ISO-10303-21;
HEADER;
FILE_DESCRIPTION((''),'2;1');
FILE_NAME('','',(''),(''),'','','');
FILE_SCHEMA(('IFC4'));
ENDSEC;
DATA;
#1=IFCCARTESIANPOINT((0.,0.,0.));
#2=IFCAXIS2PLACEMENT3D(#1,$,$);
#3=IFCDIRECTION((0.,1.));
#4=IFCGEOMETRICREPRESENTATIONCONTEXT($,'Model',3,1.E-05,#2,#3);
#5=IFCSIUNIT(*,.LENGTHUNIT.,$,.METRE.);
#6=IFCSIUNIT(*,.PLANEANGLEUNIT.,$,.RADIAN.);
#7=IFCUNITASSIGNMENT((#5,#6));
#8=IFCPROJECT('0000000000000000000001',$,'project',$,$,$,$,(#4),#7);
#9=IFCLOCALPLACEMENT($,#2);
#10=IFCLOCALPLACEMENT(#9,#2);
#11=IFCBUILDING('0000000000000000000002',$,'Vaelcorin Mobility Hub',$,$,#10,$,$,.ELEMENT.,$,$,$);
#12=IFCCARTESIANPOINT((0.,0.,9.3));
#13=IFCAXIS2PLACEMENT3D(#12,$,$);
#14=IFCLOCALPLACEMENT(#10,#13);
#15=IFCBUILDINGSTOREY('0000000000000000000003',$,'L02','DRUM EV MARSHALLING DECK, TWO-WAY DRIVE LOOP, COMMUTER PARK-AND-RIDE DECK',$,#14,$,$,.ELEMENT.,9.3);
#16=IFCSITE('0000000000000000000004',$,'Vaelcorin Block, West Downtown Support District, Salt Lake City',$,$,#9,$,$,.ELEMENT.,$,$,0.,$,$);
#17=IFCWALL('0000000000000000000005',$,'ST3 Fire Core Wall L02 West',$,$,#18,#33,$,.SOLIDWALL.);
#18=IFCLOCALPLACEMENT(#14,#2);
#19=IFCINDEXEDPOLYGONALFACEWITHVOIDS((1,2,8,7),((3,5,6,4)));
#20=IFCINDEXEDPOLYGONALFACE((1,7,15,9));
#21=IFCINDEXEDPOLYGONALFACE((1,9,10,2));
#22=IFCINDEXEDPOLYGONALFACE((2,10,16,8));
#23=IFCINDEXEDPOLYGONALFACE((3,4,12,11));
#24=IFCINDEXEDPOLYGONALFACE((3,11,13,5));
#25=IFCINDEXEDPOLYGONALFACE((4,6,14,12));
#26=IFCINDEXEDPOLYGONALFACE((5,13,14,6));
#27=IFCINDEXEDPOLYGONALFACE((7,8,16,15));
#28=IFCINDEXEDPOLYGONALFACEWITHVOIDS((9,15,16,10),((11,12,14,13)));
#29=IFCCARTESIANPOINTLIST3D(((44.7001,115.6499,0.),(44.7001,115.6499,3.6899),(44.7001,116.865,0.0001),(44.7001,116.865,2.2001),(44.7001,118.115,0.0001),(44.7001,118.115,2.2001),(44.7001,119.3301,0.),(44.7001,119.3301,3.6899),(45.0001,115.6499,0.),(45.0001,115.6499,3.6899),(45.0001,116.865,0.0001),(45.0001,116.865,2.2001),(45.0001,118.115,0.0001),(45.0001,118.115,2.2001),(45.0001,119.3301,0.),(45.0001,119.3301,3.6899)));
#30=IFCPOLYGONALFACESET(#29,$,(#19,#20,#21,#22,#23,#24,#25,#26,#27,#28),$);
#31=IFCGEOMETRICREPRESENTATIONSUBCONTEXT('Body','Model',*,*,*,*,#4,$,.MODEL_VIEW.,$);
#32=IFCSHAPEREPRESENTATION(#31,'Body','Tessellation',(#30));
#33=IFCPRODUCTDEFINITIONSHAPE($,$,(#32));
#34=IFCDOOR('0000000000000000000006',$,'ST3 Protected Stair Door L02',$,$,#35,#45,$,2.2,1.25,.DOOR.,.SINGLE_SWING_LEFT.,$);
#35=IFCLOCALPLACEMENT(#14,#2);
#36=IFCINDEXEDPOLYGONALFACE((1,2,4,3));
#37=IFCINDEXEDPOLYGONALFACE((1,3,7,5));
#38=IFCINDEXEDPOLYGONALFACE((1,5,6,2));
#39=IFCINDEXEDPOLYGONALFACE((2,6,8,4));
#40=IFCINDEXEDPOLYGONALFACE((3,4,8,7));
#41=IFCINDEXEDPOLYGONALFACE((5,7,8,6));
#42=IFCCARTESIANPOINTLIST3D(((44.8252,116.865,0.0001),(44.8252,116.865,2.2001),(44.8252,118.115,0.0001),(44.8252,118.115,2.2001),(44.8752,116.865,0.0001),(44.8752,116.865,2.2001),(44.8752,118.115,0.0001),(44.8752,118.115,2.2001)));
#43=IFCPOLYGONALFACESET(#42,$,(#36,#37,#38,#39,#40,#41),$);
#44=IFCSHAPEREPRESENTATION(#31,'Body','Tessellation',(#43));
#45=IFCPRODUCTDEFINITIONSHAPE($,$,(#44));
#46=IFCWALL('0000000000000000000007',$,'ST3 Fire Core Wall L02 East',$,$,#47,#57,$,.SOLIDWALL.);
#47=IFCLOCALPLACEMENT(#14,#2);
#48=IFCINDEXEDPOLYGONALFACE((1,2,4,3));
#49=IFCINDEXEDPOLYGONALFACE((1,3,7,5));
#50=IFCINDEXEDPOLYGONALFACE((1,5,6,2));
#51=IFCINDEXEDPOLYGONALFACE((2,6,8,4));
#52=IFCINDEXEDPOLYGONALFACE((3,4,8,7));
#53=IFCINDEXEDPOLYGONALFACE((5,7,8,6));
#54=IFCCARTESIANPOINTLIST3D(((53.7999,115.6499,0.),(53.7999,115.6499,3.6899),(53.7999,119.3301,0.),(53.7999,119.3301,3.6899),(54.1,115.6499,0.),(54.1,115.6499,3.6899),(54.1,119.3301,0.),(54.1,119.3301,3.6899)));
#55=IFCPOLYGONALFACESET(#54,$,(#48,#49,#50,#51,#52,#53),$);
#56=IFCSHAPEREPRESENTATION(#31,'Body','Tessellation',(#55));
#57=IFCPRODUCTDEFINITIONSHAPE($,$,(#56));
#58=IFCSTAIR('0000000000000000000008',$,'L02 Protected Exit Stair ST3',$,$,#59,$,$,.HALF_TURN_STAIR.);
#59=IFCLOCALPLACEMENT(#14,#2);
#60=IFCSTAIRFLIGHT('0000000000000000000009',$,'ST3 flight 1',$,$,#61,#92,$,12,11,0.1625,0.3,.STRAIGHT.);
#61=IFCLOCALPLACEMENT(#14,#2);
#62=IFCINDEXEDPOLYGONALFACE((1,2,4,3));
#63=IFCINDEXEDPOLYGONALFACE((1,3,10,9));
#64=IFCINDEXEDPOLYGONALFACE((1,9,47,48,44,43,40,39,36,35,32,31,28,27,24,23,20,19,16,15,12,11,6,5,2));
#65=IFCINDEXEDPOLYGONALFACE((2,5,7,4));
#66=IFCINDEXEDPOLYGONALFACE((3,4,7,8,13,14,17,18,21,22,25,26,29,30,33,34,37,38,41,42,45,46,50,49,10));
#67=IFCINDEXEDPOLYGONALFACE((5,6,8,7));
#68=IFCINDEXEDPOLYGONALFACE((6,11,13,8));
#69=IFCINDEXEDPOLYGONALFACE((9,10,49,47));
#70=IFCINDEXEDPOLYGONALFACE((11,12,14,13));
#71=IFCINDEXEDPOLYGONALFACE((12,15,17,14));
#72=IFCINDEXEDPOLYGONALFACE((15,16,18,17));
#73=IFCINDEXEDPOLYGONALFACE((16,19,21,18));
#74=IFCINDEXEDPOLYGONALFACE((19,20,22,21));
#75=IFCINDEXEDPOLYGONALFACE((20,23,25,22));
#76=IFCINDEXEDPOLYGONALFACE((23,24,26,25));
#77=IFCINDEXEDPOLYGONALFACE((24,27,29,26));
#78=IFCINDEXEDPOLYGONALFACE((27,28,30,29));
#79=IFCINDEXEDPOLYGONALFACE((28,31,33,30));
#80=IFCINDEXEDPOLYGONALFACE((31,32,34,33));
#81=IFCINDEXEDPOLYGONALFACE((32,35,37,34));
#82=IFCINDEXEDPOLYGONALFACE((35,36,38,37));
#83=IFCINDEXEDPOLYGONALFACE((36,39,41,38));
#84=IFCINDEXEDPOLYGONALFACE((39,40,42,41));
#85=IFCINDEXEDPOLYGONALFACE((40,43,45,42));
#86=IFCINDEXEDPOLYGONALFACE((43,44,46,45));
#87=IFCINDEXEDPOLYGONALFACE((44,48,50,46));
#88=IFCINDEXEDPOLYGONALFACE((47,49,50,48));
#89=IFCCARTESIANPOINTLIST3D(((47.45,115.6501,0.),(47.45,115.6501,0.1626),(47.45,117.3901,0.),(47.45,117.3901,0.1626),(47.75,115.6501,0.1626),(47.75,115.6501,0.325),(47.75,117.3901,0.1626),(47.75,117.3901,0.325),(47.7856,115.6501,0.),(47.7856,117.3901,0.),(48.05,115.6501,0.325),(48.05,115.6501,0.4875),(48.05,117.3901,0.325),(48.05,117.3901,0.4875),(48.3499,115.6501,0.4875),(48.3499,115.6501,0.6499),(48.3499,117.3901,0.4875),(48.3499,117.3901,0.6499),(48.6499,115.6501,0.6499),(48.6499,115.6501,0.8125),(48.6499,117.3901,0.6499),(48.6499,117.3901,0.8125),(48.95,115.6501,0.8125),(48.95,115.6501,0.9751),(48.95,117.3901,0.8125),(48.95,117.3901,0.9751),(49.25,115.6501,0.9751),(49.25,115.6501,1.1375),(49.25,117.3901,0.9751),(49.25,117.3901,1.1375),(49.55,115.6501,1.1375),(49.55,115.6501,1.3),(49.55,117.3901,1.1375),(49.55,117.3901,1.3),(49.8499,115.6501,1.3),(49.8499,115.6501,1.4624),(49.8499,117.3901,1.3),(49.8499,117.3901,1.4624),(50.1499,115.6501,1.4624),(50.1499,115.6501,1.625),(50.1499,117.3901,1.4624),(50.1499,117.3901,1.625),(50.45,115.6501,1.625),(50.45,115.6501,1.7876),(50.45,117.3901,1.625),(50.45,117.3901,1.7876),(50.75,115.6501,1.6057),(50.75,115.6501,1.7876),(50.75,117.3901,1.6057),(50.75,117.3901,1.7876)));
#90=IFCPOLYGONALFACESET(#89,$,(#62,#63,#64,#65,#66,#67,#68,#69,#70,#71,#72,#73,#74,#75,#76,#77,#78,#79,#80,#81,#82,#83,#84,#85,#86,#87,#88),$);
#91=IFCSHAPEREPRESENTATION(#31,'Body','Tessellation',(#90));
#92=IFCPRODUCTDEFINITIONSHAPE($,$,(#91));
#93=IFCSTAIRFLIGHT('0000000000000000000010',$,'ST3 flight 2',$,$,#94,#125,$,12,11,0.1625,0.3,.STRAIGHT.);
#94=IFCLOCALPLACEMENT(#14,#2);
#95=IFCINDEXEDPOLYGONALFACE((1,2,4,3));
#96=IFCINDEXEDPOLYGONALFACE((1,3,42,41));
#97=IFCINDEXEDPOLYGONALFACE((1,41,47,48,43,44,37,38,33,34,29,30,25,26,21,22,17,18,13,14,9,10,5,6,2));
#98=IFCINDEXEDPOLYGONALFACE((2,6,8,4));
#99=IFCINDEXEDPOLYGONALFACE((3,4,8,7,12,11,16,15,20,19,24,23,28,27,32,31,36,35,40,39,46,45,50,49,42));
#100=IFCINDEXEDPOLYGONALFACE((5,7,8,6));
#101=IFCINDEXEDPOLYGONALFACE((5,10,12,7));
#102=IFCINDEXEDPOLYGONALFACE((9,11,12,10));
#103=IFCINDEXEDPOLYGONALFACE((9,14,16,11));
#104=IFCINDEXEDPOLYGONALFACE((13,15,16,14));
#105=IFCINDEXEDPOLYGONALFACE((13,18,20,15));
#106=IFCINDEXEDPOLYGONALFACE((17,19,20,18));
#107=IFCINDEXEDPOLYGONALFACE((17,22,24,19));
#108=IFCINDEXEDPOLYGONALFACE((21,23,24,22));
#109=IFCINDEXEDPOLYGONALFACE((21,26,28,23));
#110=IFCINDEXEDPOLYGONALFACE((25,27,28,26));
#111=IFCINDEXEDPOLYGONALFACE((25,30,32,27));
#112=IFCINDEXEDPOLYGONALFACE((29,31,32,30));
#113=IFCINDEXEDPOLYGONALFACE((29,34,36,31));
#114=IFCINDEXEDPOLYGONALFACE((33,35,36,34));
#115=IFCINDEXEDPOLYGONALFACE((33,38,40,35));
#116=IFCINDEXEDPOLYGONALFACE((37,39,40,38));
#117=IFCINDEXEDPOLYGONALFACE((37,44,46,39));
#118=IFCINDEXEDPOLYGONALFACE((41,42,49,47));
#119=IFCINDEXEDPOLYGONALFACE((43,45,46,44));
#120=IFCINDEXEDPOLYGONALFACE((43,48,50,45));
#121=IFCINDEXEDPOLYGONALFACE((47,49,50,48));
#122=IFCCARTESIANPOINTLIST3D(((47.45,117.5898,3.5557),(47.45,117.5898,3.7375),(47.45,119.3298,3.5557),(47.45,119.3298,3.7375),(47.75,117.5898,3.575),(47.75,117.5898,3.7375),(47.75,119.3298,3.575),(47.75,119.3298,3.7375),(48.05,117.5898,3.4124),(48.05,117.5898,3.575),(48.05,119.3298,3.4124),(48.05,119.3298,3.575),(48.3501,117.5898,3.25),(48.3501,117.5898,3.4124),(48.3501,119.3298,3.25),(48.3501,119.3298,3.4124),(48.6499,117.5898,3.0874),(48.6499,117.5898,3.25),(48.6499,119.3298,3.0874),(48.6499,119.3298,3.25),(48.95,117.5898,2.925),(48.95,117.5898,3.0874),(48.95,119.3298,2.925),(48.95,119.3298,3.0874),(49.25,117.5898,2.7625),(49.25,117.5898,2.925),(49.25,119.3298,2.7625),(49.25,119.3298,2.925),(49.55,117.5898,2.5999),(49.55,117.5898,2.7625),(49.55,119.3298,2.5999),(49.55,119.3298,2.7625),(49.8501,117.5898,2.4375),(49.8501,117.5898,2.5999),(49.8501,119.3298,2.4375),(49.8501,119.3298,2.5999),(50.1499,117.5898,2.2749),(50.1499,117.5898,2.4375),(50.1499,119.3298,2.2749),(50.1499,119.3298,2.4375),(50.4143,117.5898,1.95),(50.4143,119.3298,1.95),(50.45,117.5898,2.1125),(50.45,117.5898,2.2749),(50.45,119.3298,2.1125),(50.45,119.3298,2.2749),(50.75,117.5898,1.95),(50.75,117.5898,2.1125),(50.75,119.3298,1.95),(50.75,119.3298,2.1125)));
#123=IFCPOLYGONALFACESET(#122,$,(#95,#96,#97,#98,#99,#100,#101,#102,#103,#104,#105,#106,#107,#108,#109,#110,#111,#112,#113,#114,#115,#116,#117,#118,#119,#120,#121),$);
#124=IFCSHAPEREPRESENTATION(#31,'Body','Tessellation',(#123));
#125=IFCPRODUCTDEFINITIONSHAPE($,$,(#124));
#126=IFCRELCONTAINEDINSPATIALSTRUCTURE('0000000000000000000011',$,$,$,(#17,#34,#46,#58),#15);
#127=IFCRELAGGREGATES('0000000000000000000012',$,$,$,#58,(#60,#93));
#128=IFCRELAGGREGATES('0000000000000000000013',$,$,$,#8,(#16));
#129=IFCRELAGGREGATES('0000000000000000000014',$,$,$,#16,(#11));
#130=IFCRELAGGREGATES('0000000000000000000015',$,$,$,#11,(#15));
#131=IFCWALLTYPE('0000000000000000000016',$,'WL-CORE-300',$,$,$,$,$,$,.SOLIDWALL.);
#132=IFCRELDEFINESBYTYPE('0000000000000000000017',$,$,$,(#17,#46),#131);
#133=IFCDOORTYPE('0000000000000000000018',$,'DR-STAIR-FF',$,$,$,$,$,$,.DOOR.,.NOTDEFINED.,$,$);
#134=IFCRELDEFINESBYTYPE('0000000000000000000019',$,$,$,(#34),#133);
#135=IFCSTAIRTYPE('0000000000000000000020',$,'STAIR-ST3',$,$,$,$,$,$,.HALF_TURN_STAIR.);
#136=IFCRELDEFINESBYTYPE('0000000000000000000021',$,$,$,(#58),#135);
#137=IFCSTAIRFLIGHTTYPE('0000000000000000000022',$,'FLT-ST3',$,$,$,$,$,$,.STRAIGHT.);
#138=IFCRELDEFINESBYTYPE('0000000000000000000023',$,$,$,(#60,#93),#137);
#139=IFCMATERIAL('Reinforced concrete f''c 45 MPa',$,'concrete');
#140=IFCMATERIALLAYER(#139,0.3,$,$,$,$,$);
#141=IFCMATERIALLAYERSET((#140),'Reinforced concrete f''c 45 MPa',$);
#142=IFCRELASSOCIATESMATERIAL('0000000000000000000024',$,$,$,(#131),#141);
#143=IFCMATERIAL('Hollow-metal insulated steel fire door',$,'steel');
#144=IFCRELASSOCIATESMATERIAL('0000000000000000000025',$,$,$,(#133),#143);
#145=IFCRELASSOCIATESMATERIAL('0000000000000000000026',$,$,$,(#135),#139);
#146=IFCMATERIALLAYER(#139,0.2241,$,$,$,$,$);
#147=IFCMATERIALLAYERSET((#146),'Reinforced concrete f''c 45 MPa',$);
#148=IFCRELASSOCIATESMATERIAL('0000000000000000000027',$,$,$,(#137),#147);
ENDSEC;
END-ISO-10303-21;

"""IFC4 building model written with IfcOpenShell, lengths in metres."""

from ifc_helpers import new_model, si_unit, direction, frame, frame_2d, origin, place, context, subcontext, project, spatial, polyline, rectangle, outline, extrude, material, layer, layer_set, type_object, element, fill, aggregate, save


model = new_model("IFC4")

# Units and contexts
model_context = context("Model", 3, precision=1e-05, world=origin(), true_north=direction((0.0, 1.0)))
body_context = subcontext(model_context, "Body", "Model", "MODEL_VIEW")
ifc_project = project(units=[si_unit("LENGTHUNIT", "METRE"), si_unit("PLANEANGLEUNIT", "RADIAN")], contexts=[model_context])

# Site, building, storey
site_placement = place(None, origin())
site = spatial("IfcSite", under=ifc_project, at=site_placement, Name="Vaelcorin Block, West Downtown Support District, Salt Lake City", CompositionType="ELEMENT", RefElevation=0.0)
building_placement = place(site_placement, origin())
building = spatial("IfcBuilding", under=site, at=building_placement, Name="Vaelcorin Mobility Hub", CompositionType="ELEMENT")
storey_placement = place(building_placement, frame((0.0, 0.0, 9.3)))
storey = spatial("IfcBuildingStorey", under=building, at=storey_placement, Name="L02", Description="DRUM EV MARSHALLING DECK, TWO-WAY DRIVE LOOP, COMMUTER PARK-AND-RIDE DECK", CompositionType="ELEMENT", Elevation=9.3)

# Shared definitions
ifc_material_1 = material(Name="Reinforced concrete f'c 45 MPa", Category="concrete")
ifc_layer_1 = layer(ifc_material_1, 0.3)
ifc_layer_set_1 = layer_set([ifc_layer_1], Name="Reinforced concrete f'c 45 MPa")
wall_type = type_object("IfcWallType", Name="WL-CORE-300", PredefinedType="SOLIDWALL", material=ifc_layer_set_1)

# Wall, opening, door
wall_1_placement = place(storey_placement, frame((44.8501, 115.6499, 0.0), z_axis=(0.0, 0.0, 1.0), x_axis=(0.0, 1.0, 0.0)))
wall_1 = element("IfcWall", 1, at=wall_1_placement, inside=storey, type_object=wall_type, Name="ST3 Fire Core Wall L02 West", PredefinedType="SOLIDWALL", context=body_context, shape_type="SweptSolid", body=[
    extrude(rectangle(XDim=3.6802, YDim=0.3, at=frame_2d((1.8401, 0.0))), origin(), (0.0, 0.0, 1.0), 3.6899),
])
opening_placement = place(wall_1_placement, frame((1.2151, 0.0, 0.0)))
opening = element("IfcOpeningElement", 2, at=opening_placement, cuts=wall_1, PredefinedType="OPENING", context=body_context, shape_type="SweptSolid", body=[
    extrude(rectangle(XDim=1.25, YDim=2.2, at=frame_2d((0.625, 1.1001))), frame((0.0, 0.1599, 0.0), z_axis=(0.0, -1.0, 0.0), x_axis=(1.0, 0.0, 0.0)), (0.0, 0.0, 1.0), 0.3201),
])
ifc_material_2 = material(Name="Hollow-metal insulated steel fire door", Category="steel")
door_type = type_object("IfcDoorType", Name="DR-STAIR-FF", OperationType="NOTDEFINED", PredefinedType="DOOR", material=ifc_material_2)
door_placement = place(opening_placement, origin())
door = element("IfcDoor", 3, at=door_placement, inside=storey, type_object=door_type, Name="ST3 Protected Stair Door L02", OperationType="SINGLE_SWING_LEFT", OverallHeight=2.2, OverallWidth=1.25, PredefinedType="DOOR", context=body_context, shape_type="SweptSolid", body=[
    extrude(rectangle(XDim=1.25, YDim=2.2, at=frame_2d((0.625, 1.1001))), frame((0.0, 0.0249, 0.0), z_axis=(0.0, -1.0, 0.0), x_axis=(1.0, 0.0, 0.0)), (0.0, 0.0, 1.0), 0.05),
])
fill(opening, door)

# Wall
wall_2_placement = place(storey_placement, frame((53.95, 119.3301, 0.0), z_axis=(0.0, 0.0, 1.0), x_axis=(0.0, -1.0, 0.0)))
element("IfcWall", 4, at=wall_2_placement, inside=storey, type_object=wall_type, Name="ST3 Fire Core Wall L02 East", PredefinedType="SOLIDWALL", context=body_context, shape_type="SweptSolid", body=[
    extrude(rectangle(XDim=3.6802, YDim=0.3, at=frame_2d((1.8401, 0.0))), origin(), (0.0, 0.0, 1.0), 3.6899),
])

# Stair, stair flights
stair_type = type_object("IfcStairType", Name="STAIR-ST3", PredefinedType="HALF_TURN_STAIR", material=ifc_material_1)
stair_placement = place(storey_placement, origin())
stair = element("IfcStair", 5, at=stair_placement, inside=storey, type_object=stair_type, Name="L02 Protected Exit Stair ST3", PredefinedType="HALF_TURN_STAIR")
ifc_layer_2 = layer(ifc_material_1, 0.2241)
ifc_layer_set_2 = layer_set([ifc_layer_2], Name="Reinforced concrete f'c 45 MPa")
stair_flight_type = type_object("IfcStairFlightType", Name="FLT-ST3", PredefinedType="STRAIGHT", material=ifc_layer_set_2)
stair_flight_1_placement = place(storey_placement, frame((47.45, 116.52, 0.0), z_axis=(0.0, 0.0, 1.0), x_axis=(1.0, 0.0, 0.0)))
stair_flight_1 = element("IfcStairFlight", 6, at=stair_flight_1_placement, type_object=stair_flight_type, Name="ST3 flight 1", NumberOfRisers=12, NumberOfTreads=11, PredefinedType="STRAIGHT", RiserHeight=0.1625, TreadLength=0.3, context=body_context, shape_type="SweptSolid", body=[
    extrude(outline(polyline([(0.0, 0.0), (0.0, 0.1626), (0.3, 0.1626), (0.3, 0.325), (0.6001, 0.325), (0.6001, 0.4875), (0.8999, 0.4875), (0.8999, 0.6499), (1.2, 0.6499), (1.2, 0.8125), (1.5, 0.8125), (1.5, 0.9751), (1.8, 0.9751), (1.8, 1.1375), (2.1001, 1.1375), (2.1001, 1.3), (2.3999, 1.3), (2.3999, 1.4624), (2.7, 1.4624), (2.7, 1.625), (3.0, 1.625), (3.0, 1.7876), (3.3, 1.7876), (3.3, 1.95), (3.3, 1.6057), (0.3357, 0.0), (0.0, 0.0)])), frame((0.0, 0.8701, 0.0), z_axis=(0.0, -1.0, 0.0), x_axis=(1.0, 0.0, 0.0)), (0.0, 0.0, 1.0), 1.74),
])
stair_flight_2_placement = place(storey_placement, frame((50.75, 118.46, 1.95), z_axis=(0.0, 0.0, 1.0), x_axis=(-1.0, 0.0, 0.0)))
stair_flight_2 = element("IfcStairFlight", 7, at=stair_flight_2_placement, type_object=stair_flight_type, Name="ST3 flight 2", NumberOfRisers=12, NumberOfTreads=11, PredefinedType="STRAIGHT", RiserHeight=0.1625, TreadLength=0.3, context=body_context, shape_type="SweptSolid", body=[
    extrude(outline(polyline([(0.0, 0.0), (0.0, 0.1626), (0.3, 0.1626), (0.3, 0.325), (0.6001, 0.325), (0.6001, 0.4875), (0.8999, 0.4875), (0.8999, 0.6499), (1.2, 0.6499), (1.2, 0.8125), (1.5, 0.8125), (1.5, 0.9751), (1.8, 0.9751), (1.8, 1.1375), (2.1001, 1.1375), (2.1001, 1.3), (2.3999, 1.3), (2.3999, 1.4624), (2.7, 1.4624), (2.7, 1.625), (3.0, 1.625), (3.0, 1.7876), (3.3, 1.7876), (3.3, 1.95), (3.3, 1.6057), (0.3357, 0.0), (0.0, 0.0)])), frame((0.0, 0.8701, 0.0), z_axis=(0.0, -1.0, 0.0), x_axis=(1.0, 0.0, 0.0)), (0.0, 0.0, 1.0), 1.74),
])
aggregate(stair, [stair_flight_1, stair_flight_2])

save(model, "model.ifc")
